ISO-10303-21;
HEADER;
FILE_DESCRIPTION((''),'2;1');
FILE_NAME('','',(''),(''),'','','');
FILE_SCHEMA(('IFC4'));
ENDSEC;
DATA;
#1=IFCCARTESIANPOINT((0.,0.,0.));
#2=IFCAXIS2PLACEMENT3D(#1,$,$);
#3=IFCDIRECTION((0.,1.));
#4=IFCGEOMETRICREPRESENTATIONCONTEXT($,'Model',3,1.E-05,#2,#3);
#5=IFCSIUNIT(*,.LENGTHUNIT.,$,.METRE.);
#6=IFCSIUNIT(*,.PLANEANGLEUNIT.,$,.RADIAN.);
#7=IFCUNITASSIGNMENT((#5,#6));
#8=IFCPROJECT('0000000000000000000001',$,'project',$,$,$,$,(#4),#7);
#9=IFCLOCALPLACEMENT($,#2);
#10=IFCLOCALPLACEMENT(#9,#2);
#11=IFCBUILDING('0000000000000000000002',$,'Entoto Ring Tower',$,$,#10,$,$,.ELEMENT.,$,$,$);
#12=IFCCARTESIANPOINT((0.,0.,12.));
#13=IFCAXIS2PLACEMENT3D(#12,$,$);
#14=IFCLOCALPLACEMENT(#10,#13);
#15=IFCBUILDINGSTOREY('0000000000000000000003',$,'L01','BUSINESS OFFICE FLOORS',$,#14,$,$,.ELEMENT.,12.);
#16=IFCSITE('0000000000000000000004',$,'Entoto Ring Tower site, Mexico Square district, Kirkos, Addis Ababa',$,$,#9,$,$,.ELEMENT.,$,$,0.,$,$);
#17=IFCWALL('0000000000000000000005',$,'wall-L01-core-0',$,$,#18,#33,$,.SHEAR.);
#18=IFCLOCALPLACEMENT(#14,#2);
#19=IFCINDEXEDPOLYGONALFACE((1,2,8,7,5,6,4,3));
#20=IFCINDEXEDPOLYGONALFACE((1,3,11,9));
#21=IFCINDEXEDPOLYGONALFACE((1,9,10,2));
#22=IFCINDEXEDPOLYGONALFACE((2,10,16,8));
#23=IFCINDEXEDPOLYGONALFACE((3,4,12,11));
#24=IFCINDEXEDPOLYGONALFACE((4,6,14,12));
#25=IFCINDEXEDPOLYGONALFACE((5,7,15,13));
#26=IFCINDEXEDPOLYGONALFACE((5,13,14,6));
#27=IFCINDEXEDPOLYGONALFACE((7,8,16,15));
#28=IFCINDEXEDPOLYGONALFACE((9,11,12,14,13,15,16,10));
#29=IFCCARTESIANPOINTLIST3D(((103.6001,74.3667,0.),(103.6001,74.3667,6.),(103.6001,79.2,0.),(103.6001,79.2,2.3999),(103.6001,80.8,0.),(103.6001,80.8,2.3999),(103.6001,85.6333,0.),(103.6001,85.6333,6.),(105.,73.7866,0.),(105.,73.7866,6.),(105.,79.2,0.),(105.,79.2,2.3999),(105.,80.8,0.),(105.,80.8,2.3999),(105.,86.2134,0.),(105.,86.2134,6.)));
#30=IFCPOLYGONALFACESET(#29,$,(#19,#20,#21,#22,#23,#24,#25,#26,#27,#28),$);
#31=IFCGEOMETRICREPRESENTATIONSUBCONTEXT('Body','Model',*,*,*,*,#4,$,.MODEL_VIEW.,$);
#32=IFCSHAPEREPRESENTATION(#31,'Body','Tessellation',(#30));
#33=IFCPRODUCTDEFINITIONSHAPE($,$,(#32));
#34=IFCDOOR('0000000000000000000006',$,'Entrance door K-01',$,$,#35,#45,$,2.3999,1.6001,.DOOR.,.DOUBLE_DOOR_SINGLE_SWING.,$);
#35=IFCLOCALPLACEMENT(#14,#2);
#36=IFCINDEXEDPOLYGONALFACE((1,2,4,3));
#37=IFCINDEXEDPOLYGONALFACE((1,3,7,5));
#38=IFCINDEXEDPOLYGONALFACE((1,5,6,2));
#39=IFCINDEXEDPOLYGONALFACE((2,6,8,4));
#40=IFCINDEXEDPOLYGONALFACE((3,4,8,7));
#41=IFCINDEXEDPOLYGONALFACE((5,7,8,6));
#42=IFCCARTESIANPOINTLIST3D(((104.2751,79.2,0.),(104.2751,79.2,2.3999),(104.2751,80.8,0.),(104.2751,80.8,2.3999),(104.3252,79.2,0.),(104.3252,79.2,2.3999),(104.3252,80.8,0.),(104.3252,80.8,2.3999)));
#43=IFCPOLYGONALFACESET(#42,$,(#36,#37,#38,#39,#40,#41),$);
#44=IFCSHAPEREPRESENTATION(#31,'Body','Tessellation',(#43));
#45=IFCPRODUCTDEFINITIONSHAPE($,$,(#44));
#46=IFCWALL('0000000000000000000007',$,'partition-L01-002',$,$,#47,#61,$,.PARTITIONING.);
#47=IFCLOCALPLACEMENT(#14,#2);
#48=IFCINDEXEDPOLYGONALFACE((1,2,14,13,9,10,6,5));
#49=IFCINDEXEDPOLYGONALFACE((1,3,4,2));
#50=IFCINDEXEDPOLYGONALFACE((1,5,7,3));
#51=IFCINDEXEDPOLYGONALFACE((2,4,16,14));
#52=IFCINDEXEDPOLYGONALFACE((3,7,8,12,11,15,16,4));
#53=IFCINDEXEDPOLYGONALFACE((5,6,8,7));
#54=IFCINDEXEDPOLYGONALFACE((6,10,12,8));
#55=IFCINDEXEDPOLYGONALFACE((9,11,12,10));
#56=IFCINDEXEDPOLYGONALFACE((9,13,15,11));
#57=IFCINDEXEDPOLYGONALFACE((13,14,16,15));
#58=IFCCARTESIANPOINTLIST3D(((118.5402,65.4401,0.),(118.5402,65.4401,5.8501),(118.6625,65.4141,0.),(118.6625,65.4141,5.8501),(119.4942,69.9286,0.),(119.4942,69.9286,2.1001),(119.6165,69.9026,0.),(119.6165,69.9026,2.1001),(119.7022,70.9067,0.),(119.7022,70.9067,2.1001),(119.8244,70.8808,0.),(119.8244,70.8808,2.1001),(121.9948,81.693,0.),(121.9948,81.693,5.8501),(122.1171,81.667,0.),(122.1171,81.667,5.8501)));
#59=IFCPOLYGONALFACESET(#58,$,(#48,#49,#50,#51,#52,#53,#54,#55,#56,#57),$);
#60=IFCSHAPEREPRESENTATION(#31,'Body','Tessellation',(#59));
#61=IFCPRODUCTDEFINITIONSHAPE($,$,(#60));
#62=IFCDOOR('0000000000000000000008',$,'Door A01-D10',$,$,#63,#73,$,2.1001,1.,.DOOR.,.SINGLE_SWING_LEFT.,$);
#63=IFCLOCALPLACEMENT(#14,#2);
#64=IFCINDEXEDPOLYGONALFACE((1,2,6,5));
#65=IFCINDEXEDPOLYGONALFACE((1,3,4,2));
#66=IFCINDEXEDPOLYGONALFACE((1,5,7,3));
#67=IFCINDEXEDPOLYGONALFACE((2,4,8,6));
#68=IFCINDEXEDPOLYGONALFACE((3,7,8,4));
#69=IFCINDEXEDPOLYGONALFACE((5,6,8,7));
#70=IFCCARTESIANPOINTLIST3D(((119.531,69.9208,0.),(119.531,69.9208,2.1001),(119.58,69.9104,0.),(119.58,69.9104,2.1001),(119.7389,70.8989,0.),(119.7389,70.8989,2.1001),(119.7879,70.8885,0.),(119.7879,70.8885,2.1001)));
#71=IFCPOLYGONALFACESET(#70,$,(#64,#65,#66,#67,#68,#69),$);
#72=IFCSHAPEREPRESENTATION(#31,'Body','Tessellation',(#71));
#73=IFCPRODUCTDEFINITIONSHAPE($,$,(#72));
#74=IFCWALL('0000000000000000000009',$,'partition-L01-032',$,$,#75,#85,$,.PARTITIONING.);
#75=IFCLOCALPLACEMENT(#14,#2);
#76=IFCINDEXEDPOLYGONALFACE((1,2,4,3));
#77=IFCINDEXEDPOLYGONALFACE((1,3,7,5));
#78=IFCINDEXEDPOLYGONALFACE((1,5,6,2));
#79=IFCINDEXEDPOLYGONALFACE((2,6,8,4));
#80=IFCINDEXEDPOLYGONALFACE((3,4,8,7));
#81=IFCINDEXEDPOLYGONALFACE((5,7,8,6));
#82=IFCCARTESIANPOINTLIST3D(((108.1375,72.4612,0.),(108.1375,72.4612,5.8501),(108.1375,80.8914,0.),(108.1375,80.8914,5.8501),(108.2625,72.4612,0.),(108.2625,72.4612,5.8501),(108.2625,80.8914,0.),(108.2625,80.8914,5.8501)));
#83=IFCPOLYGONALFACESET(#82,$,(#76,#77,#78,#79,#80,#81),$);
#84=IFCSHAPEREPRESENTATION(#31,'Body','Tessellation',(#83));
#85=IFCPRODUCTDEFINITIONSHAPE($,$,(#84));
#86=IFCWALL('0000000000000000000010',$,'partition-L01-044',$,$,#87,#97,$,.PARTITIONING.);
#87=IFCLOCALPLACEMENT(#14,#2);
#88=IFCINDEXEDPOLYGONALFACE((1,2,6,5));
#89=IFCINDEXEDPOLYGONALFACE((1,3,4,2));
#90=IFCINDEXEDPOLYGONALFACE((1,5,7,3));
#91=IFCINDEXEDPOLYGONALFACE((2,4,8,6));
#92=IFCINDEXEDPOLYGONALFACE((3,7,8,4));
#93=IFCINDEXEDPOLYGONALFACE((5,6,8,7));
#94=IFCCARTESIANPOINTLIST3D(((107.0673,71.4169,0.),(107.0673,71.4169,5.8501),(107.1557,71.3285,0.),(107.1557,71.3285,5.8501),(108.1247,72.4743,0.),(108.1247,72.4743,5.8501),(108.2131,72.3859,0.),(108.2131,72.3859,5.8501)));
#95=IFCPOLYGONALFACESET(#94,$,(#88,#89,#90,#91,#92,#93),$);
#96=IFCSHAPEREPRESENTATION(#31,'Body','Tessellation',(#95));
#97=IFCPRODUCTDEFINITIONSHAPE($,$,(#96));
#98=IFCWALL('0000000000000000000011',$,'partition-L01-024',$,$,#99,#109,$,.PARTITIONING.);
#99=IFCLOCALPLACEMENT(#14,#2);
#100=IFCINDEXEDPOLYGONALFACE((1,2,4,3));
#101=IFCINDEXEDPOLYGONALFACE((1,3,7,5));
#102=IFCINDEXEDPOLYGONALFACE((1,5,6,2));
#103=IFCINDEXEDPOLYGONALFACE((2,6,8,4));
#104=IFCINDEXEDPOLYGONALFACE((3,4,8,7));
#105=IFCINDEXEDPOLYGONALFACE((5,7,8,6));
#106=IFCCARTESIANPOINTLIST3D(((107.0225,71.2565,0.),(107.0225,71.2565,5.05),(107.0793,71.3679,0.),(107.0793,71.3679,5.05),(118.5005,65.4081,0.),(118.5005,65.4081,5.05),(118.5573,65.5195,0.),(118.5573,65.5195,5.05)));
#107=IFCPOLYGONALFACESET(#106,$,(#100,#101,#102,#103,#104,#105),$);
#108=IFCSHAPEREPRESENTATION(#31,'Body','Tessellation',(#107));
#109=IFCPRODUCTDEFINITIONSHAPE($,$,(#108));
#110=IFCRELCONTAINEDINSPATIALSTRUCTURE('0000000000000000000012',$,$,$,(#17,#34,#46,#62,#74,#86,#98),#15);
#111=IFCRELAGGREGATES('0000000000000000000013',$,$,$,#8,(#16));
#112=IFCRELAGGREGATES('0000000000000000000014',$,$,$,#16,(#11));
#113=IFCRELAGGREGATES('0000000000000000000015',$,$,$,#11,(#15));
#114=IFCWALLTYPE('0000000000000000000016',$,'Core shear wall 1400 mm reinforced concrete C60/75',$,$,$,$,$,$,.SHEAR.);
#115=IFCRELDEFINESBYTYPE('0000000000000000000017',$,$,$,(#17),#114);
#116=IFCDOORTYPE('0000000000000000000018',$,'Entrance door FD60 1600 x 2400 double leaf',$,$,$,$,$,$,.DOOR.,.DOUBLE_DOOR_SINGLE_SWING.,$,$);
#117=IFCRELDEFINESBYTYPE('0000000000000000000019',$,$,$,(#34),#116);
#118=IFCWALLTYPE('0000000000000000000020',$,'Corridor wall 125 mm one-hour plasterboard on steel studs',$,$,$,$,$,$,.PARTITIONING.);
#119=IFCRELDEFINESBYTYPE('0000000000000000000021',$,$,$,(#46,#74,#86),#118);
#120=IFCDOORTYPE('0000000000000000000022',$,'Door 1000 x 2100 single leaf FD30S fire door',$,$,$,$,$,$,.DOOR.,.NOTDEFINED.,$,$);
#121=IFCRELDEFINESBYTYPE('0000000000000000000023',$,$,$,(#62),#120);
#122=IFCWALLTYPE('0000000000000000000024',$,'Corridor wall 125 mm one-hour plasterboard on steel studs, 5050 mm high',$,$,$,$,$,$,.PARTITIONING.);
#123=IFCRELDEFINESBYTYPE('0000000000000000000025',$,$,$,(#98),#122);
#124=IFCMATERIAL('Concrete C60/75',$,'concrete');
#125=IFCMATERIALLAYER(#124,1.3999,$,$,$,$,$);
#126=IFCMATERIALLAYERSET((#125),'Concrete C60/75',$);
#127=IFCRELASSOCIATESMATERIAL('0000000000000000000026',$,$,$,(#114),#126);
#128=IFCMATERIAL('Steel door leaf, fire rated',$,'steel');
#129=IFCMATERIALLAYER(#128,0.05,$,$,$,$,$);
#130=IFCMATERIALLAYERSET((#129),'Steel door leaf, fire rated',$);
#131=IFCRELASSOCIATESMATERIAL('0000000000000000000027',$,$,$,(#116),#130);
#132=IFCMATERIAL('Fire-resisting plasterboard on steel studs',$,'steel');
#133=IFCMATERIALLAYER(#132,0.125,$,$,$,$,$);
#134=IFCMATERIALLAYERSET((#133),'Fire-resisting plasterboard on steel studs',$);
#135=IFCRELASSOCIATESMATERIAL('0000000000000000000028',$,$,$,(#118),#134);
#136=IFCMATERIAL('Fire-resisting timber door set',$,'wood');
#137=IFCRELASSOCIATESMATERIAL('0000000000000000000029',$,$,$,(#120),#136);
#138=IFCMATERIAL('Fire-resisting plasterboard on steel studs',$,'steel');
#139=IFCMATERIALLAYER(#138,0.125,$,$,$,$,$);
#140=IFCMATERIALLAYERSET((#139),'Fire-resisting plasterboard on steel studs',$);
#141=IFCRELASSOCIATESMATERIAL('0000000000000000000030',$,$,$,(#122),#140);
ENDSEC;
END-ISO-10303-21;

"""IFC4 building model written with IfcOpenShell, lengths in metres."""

from ifc_helpers import new_model, si_unit, direction, frame, frame_2d, origin, place, context, subcontext, project, spatial, polyline, rectangle, outline, extrude, material, layer, layer_set, type_object, element, fill, save


model = new_model("IFC4")

# Units and contexts
model_context = context("Model", 3, precision=1e-05, world=origin(), true_north=direction((0.0, 1.0)))
body_context = subcontext(model_context, "Body", "Model", "MODEL_VIEW")
ifc_project = project(units=[si_unit("LENGTHUNIT", "METRE"), si_unit("PLANEANGLEUNIT", "RADIAN")], contexts=[model_context])

# Site, building, storey
site_placement = place(None, origin())
site = spatial("IfcSite", under=ifc_project, at=site_placement, Name="Entoto Ring Tower site, Mexico Square district, Kirkos, Addis Ababa", CompositionType="ELEMENT", RefElevation=0.0)
building_placement = place(site_placement, origin())
building = spatial("IfcBuilding", under=site, at=building_placement, Name="Entoto Ring Tower", CompositionType="ELEMENT")
storey_placement = place(building_placement, frame((0.0, 0.0, 12.0)))
storey = spatial("IfcBuildingStorey", under=building, at=storey_placement, Name="L01", Description="BUSINESS OFFICE FLOORS", CompositionType="ELEMENT", Elevation=12.0)

# Walls, openings, doors
ifc_material_1 = material(Name="Concrete C60/75", Category="concrete")
ifc_layer_1 = layer(ifc_material_1, 1.3999)
ifc_layer_set_1 = layer_set([ifc_layer_1], Name="Concrete C60/75")
wall_type_1 = type_object("IfcWallType", Name="Core shear wall 1400 mm reinforced concrete C60/75", PredefinedType="SHEAR", material=ifc_layer_set_1)
wall_1_placement = place(storey_placement, frame((104.3, 74.0767, 0.0), z_axis=(0.0, 0.0, 1.0), x_axis=(0.0, 1.0, 0.0)))
wall_1 = element("IfcWall", 1, at=wall_1_placement, inside=storey, type_object=wall_type_1, Name="wall-L01-core-0", PredefinedType="SHEAR", context=body_context, shape_type="SweptSolid", body=[
    extrude(outline(polyline([(-0.29, -0.7), (12.1367, -0.7), (11.5566, 0.7), (0.29, 0.7), (-0.29, -0.7)])), origin(), (0.0, 0.0, 1.0), 6.0),
])
opening_1_placement = place(wall_1_placement, frame((5.1233, 0.0, 0.0)))
opening_1 = element("IfcOpeningElement", 2, at=opening_1_placement, cuts=wall_1, PredefinedType="OPENING", context=body_context, shape_type="SweptSolid", body=[
    extrude(rectangle(XDim=1.6001, YDim=2.3999, at=frame_2d((0.8, 1.2))), frame((0.0, 0.71, 0.0), z_axis=(0.0, -1.0, 0.0), x_axis=(1.0, 0.0, 0.0)), (0.0, 0.0, 1.0), 1.4199),
])
ifc_material_2 = material(Name="Steel door leaf, fire rated", Category="steel")
ifc_layer_2 = layer(ifc_material_2, 0.05)
ifc_layer_set_2 = layer_set([ifc_layer_2], Name="Steel door leaf, fire rated")
door_type_1 = type_object("IfcDoorType", Name="Entrance door FD60 1600 x 2400 double leaf", OperationType="DOUBLE_DOOR_SINGLE_SWING", PredefinedType="DOOR", material=ifc_layer_set_2)
door_1_placement = place(opening_1_placement, origin())
door_1 = element("IfcDoor", 3, at=door_1_placement, inside=storey, type_object=door_type_1, Name="Entrance door K-01", OperationType="DOUBLE_DOOR_SINGLE_SWING", OverallHeight=2.3999, OverallWidth=1.6001, PredefinedType="DOOR", context=body_context, shape_type="SweptSolid", body=[
    extrude(rectangle(XDim=1.6001, YDim=2.3999, at=frame_2d((0.8, 1.2))), frame((0.0, 0.0249, 0.0), z_axis=(0.0, -1.0, 0.0), x_axis=(1.0, 0.0, 0.0)), (0.0, 0.0, 1.0), 0.05),
])
fill(opening_1, door_1)
ifc_material_3 = material(Name="Fire-resisting plasterboard on steel studs", Category="steel")
ifc_layer_3 = layer(ifc_material_3, 0.125)
ifc_layer_set_3 = layer_set([ifc_layer_3], Name="Fire-resisting plasterboard on steel studs")
wall_type_2 = type_object("IfcWallType", Name="Corridor wall 125 mm one-hour plasterboard on steel studs", PredefinedType="PARTITIONING", material=ifc_layer_set_3)
wall_2_placement = place(storey_placement, frame((118.6013, 65.427, 0.0), z_axis=(0.0, 0.0, 1.0), x_axis=(0.207907, 0.978149, 0.0)))
wall_2 = element("IfcWall", 4, at=wall_2_placement, inside=storey, type_object=wall_type_2, Name="partition-L01-002", PredefinedType="PARTITIONING", context=body_context, shape_type="SweptSolid", body=[
    extrude(rectangle(XDim=16.616, YDim=0.125, at=frame_2d((8.3081, 0.0))), origin(), (0.0, 0.0, 1.0), 5.8501),
])
opening_2_placement = place(wall_2_placement, frame((4.5889, 0.0, 0.0)))
opening_2 = element("IfcOpeningElement", 5, at=opening_2_placement, cuts=wall_2, PredefinedType="OPENING", context=body_context, shape_type="SweptSolid", body=[
    extrude(rectangle(XDim=1.0, YDim=2.1001, at=frame_2d((0.5, 1.05))), frame((0.0, 0.0725, 0.0), z_axis=(0.0, -1.0, 0.0), x_axis=(1.0, 0.0, 0.0)), (0.0, 0.0, 1.0), 0.145),
])
ifc_material_4 = material(Name="Fire-resisting timber door set", Category="wood")
door_type_2 = type_object("IfcDoorType", Name="Door 1000 x 2100 single leaf FD30S fire door", OperationType="NOTDEFINED", PredefinedType="DOOR", material=ifc_material_4)
door_2_placement = place(opening_2_placement, origin())
door_2 = element("IfcDoor", 6, at=door_2_placement, inside=storey, type_object=door_type_2, Name="Door A01-D10", OperationType="SINGLE_SWING_LEFT", OverallHeight=2.1001, OverallWidth=1.0, PredefinedType="DOOR", context=body_context, shape_type="SweptSolid", body=[
    extrude(rectangle(XDim=1.0, YDim=2.1001, at=frame_2d((0.5, 1.05))), frame((0.0, 0.0249, 0.0), z_axis=(0.0, -1.0, 0.0), x_axis=(1.0, 0.0, 0.0)), (0.0, 0.0, 1.0), 0.05),
])
fill(opening_2, door_2)

# Walls
wall_3_placement = place(storey_placement, frame((108.2, 72.4612, 0.0), z_axis=(0.0, 0.0, 1.0), x_axis=(0.0, 1.0, 0.0)))
element("IfcWall", 7, at=wall_3_placement, inside=storey, type_object=wall_type_2, Name="partition-L01-032", PredefinedType="PARTITIONING", context=body_context, shape_type="SweptSolid", body=[
    extrude(rectangle(XDim=8.4302, YDim=0.125, at=frame_2d((4.2151, 0.0))), origin(), (0.0, 0.0, 1.0), 5.8501),
])
wall_4_placement = place(storey_placement, frame((107.1116, 71.3728, 0.0), z_axis=(0.0, 0.0, 1.0), x_axis=(0.707107, 0.707107, 0.0)))
element("IfcWall", 8, at=wall_4_placement, inside=storey, type_object=wall_type_2, Name="partition-L01-044", PredefinedType="PARTITIONING", context=body_context, shape_type="SweptSolid", body=[
    extrude(rectangle(XDim=1.4954, YDim=0.125, at=frame_2d((0.7476, 0.0))), origin(), (0.0, 0.0, 1.0), 5.8501),
])
ifc_material_5 = material(Name="Fire-resisting plasterboard on steel studs", Category="steel")
ifc_layer_4 = layer(ifc_material_5, 0.125)
ifc_layer_set_4 = layer_set([ifc_layer_4], Name="Fire-resisting plasterboard on steel studs")
wall_type_3 = type_object("IfcWallType", Name="Corridor wall 125 mm one-hour plasterboard on steel studs, 5050 mm high", PredefinedType="PARTITIONING", material=ifc_layer_set_4)
wall_5_placement = place(storey_placement, frame((118.5288, 65.4639, 0.0), z_axis=(0.0, 0.0, 1.0), x_axis=(-0.891005, 0.453993, 0.0)))
element("IfcWall", 9, at=wall_5_placement, inside=storey, type_object=wall_type_3, Name="partition-L01-024", PredefinedType="PARTITIONING", context=body_context, shape_type="SweptSolid", body=[
    extrude(rectangle(XDim=12.8821, YDim=0.125, at=frame_2d((6.4409, 0.0))), origin(), (0.0, 0.0, 1.0), 5.05),
])

save(model, "model.ifc")
